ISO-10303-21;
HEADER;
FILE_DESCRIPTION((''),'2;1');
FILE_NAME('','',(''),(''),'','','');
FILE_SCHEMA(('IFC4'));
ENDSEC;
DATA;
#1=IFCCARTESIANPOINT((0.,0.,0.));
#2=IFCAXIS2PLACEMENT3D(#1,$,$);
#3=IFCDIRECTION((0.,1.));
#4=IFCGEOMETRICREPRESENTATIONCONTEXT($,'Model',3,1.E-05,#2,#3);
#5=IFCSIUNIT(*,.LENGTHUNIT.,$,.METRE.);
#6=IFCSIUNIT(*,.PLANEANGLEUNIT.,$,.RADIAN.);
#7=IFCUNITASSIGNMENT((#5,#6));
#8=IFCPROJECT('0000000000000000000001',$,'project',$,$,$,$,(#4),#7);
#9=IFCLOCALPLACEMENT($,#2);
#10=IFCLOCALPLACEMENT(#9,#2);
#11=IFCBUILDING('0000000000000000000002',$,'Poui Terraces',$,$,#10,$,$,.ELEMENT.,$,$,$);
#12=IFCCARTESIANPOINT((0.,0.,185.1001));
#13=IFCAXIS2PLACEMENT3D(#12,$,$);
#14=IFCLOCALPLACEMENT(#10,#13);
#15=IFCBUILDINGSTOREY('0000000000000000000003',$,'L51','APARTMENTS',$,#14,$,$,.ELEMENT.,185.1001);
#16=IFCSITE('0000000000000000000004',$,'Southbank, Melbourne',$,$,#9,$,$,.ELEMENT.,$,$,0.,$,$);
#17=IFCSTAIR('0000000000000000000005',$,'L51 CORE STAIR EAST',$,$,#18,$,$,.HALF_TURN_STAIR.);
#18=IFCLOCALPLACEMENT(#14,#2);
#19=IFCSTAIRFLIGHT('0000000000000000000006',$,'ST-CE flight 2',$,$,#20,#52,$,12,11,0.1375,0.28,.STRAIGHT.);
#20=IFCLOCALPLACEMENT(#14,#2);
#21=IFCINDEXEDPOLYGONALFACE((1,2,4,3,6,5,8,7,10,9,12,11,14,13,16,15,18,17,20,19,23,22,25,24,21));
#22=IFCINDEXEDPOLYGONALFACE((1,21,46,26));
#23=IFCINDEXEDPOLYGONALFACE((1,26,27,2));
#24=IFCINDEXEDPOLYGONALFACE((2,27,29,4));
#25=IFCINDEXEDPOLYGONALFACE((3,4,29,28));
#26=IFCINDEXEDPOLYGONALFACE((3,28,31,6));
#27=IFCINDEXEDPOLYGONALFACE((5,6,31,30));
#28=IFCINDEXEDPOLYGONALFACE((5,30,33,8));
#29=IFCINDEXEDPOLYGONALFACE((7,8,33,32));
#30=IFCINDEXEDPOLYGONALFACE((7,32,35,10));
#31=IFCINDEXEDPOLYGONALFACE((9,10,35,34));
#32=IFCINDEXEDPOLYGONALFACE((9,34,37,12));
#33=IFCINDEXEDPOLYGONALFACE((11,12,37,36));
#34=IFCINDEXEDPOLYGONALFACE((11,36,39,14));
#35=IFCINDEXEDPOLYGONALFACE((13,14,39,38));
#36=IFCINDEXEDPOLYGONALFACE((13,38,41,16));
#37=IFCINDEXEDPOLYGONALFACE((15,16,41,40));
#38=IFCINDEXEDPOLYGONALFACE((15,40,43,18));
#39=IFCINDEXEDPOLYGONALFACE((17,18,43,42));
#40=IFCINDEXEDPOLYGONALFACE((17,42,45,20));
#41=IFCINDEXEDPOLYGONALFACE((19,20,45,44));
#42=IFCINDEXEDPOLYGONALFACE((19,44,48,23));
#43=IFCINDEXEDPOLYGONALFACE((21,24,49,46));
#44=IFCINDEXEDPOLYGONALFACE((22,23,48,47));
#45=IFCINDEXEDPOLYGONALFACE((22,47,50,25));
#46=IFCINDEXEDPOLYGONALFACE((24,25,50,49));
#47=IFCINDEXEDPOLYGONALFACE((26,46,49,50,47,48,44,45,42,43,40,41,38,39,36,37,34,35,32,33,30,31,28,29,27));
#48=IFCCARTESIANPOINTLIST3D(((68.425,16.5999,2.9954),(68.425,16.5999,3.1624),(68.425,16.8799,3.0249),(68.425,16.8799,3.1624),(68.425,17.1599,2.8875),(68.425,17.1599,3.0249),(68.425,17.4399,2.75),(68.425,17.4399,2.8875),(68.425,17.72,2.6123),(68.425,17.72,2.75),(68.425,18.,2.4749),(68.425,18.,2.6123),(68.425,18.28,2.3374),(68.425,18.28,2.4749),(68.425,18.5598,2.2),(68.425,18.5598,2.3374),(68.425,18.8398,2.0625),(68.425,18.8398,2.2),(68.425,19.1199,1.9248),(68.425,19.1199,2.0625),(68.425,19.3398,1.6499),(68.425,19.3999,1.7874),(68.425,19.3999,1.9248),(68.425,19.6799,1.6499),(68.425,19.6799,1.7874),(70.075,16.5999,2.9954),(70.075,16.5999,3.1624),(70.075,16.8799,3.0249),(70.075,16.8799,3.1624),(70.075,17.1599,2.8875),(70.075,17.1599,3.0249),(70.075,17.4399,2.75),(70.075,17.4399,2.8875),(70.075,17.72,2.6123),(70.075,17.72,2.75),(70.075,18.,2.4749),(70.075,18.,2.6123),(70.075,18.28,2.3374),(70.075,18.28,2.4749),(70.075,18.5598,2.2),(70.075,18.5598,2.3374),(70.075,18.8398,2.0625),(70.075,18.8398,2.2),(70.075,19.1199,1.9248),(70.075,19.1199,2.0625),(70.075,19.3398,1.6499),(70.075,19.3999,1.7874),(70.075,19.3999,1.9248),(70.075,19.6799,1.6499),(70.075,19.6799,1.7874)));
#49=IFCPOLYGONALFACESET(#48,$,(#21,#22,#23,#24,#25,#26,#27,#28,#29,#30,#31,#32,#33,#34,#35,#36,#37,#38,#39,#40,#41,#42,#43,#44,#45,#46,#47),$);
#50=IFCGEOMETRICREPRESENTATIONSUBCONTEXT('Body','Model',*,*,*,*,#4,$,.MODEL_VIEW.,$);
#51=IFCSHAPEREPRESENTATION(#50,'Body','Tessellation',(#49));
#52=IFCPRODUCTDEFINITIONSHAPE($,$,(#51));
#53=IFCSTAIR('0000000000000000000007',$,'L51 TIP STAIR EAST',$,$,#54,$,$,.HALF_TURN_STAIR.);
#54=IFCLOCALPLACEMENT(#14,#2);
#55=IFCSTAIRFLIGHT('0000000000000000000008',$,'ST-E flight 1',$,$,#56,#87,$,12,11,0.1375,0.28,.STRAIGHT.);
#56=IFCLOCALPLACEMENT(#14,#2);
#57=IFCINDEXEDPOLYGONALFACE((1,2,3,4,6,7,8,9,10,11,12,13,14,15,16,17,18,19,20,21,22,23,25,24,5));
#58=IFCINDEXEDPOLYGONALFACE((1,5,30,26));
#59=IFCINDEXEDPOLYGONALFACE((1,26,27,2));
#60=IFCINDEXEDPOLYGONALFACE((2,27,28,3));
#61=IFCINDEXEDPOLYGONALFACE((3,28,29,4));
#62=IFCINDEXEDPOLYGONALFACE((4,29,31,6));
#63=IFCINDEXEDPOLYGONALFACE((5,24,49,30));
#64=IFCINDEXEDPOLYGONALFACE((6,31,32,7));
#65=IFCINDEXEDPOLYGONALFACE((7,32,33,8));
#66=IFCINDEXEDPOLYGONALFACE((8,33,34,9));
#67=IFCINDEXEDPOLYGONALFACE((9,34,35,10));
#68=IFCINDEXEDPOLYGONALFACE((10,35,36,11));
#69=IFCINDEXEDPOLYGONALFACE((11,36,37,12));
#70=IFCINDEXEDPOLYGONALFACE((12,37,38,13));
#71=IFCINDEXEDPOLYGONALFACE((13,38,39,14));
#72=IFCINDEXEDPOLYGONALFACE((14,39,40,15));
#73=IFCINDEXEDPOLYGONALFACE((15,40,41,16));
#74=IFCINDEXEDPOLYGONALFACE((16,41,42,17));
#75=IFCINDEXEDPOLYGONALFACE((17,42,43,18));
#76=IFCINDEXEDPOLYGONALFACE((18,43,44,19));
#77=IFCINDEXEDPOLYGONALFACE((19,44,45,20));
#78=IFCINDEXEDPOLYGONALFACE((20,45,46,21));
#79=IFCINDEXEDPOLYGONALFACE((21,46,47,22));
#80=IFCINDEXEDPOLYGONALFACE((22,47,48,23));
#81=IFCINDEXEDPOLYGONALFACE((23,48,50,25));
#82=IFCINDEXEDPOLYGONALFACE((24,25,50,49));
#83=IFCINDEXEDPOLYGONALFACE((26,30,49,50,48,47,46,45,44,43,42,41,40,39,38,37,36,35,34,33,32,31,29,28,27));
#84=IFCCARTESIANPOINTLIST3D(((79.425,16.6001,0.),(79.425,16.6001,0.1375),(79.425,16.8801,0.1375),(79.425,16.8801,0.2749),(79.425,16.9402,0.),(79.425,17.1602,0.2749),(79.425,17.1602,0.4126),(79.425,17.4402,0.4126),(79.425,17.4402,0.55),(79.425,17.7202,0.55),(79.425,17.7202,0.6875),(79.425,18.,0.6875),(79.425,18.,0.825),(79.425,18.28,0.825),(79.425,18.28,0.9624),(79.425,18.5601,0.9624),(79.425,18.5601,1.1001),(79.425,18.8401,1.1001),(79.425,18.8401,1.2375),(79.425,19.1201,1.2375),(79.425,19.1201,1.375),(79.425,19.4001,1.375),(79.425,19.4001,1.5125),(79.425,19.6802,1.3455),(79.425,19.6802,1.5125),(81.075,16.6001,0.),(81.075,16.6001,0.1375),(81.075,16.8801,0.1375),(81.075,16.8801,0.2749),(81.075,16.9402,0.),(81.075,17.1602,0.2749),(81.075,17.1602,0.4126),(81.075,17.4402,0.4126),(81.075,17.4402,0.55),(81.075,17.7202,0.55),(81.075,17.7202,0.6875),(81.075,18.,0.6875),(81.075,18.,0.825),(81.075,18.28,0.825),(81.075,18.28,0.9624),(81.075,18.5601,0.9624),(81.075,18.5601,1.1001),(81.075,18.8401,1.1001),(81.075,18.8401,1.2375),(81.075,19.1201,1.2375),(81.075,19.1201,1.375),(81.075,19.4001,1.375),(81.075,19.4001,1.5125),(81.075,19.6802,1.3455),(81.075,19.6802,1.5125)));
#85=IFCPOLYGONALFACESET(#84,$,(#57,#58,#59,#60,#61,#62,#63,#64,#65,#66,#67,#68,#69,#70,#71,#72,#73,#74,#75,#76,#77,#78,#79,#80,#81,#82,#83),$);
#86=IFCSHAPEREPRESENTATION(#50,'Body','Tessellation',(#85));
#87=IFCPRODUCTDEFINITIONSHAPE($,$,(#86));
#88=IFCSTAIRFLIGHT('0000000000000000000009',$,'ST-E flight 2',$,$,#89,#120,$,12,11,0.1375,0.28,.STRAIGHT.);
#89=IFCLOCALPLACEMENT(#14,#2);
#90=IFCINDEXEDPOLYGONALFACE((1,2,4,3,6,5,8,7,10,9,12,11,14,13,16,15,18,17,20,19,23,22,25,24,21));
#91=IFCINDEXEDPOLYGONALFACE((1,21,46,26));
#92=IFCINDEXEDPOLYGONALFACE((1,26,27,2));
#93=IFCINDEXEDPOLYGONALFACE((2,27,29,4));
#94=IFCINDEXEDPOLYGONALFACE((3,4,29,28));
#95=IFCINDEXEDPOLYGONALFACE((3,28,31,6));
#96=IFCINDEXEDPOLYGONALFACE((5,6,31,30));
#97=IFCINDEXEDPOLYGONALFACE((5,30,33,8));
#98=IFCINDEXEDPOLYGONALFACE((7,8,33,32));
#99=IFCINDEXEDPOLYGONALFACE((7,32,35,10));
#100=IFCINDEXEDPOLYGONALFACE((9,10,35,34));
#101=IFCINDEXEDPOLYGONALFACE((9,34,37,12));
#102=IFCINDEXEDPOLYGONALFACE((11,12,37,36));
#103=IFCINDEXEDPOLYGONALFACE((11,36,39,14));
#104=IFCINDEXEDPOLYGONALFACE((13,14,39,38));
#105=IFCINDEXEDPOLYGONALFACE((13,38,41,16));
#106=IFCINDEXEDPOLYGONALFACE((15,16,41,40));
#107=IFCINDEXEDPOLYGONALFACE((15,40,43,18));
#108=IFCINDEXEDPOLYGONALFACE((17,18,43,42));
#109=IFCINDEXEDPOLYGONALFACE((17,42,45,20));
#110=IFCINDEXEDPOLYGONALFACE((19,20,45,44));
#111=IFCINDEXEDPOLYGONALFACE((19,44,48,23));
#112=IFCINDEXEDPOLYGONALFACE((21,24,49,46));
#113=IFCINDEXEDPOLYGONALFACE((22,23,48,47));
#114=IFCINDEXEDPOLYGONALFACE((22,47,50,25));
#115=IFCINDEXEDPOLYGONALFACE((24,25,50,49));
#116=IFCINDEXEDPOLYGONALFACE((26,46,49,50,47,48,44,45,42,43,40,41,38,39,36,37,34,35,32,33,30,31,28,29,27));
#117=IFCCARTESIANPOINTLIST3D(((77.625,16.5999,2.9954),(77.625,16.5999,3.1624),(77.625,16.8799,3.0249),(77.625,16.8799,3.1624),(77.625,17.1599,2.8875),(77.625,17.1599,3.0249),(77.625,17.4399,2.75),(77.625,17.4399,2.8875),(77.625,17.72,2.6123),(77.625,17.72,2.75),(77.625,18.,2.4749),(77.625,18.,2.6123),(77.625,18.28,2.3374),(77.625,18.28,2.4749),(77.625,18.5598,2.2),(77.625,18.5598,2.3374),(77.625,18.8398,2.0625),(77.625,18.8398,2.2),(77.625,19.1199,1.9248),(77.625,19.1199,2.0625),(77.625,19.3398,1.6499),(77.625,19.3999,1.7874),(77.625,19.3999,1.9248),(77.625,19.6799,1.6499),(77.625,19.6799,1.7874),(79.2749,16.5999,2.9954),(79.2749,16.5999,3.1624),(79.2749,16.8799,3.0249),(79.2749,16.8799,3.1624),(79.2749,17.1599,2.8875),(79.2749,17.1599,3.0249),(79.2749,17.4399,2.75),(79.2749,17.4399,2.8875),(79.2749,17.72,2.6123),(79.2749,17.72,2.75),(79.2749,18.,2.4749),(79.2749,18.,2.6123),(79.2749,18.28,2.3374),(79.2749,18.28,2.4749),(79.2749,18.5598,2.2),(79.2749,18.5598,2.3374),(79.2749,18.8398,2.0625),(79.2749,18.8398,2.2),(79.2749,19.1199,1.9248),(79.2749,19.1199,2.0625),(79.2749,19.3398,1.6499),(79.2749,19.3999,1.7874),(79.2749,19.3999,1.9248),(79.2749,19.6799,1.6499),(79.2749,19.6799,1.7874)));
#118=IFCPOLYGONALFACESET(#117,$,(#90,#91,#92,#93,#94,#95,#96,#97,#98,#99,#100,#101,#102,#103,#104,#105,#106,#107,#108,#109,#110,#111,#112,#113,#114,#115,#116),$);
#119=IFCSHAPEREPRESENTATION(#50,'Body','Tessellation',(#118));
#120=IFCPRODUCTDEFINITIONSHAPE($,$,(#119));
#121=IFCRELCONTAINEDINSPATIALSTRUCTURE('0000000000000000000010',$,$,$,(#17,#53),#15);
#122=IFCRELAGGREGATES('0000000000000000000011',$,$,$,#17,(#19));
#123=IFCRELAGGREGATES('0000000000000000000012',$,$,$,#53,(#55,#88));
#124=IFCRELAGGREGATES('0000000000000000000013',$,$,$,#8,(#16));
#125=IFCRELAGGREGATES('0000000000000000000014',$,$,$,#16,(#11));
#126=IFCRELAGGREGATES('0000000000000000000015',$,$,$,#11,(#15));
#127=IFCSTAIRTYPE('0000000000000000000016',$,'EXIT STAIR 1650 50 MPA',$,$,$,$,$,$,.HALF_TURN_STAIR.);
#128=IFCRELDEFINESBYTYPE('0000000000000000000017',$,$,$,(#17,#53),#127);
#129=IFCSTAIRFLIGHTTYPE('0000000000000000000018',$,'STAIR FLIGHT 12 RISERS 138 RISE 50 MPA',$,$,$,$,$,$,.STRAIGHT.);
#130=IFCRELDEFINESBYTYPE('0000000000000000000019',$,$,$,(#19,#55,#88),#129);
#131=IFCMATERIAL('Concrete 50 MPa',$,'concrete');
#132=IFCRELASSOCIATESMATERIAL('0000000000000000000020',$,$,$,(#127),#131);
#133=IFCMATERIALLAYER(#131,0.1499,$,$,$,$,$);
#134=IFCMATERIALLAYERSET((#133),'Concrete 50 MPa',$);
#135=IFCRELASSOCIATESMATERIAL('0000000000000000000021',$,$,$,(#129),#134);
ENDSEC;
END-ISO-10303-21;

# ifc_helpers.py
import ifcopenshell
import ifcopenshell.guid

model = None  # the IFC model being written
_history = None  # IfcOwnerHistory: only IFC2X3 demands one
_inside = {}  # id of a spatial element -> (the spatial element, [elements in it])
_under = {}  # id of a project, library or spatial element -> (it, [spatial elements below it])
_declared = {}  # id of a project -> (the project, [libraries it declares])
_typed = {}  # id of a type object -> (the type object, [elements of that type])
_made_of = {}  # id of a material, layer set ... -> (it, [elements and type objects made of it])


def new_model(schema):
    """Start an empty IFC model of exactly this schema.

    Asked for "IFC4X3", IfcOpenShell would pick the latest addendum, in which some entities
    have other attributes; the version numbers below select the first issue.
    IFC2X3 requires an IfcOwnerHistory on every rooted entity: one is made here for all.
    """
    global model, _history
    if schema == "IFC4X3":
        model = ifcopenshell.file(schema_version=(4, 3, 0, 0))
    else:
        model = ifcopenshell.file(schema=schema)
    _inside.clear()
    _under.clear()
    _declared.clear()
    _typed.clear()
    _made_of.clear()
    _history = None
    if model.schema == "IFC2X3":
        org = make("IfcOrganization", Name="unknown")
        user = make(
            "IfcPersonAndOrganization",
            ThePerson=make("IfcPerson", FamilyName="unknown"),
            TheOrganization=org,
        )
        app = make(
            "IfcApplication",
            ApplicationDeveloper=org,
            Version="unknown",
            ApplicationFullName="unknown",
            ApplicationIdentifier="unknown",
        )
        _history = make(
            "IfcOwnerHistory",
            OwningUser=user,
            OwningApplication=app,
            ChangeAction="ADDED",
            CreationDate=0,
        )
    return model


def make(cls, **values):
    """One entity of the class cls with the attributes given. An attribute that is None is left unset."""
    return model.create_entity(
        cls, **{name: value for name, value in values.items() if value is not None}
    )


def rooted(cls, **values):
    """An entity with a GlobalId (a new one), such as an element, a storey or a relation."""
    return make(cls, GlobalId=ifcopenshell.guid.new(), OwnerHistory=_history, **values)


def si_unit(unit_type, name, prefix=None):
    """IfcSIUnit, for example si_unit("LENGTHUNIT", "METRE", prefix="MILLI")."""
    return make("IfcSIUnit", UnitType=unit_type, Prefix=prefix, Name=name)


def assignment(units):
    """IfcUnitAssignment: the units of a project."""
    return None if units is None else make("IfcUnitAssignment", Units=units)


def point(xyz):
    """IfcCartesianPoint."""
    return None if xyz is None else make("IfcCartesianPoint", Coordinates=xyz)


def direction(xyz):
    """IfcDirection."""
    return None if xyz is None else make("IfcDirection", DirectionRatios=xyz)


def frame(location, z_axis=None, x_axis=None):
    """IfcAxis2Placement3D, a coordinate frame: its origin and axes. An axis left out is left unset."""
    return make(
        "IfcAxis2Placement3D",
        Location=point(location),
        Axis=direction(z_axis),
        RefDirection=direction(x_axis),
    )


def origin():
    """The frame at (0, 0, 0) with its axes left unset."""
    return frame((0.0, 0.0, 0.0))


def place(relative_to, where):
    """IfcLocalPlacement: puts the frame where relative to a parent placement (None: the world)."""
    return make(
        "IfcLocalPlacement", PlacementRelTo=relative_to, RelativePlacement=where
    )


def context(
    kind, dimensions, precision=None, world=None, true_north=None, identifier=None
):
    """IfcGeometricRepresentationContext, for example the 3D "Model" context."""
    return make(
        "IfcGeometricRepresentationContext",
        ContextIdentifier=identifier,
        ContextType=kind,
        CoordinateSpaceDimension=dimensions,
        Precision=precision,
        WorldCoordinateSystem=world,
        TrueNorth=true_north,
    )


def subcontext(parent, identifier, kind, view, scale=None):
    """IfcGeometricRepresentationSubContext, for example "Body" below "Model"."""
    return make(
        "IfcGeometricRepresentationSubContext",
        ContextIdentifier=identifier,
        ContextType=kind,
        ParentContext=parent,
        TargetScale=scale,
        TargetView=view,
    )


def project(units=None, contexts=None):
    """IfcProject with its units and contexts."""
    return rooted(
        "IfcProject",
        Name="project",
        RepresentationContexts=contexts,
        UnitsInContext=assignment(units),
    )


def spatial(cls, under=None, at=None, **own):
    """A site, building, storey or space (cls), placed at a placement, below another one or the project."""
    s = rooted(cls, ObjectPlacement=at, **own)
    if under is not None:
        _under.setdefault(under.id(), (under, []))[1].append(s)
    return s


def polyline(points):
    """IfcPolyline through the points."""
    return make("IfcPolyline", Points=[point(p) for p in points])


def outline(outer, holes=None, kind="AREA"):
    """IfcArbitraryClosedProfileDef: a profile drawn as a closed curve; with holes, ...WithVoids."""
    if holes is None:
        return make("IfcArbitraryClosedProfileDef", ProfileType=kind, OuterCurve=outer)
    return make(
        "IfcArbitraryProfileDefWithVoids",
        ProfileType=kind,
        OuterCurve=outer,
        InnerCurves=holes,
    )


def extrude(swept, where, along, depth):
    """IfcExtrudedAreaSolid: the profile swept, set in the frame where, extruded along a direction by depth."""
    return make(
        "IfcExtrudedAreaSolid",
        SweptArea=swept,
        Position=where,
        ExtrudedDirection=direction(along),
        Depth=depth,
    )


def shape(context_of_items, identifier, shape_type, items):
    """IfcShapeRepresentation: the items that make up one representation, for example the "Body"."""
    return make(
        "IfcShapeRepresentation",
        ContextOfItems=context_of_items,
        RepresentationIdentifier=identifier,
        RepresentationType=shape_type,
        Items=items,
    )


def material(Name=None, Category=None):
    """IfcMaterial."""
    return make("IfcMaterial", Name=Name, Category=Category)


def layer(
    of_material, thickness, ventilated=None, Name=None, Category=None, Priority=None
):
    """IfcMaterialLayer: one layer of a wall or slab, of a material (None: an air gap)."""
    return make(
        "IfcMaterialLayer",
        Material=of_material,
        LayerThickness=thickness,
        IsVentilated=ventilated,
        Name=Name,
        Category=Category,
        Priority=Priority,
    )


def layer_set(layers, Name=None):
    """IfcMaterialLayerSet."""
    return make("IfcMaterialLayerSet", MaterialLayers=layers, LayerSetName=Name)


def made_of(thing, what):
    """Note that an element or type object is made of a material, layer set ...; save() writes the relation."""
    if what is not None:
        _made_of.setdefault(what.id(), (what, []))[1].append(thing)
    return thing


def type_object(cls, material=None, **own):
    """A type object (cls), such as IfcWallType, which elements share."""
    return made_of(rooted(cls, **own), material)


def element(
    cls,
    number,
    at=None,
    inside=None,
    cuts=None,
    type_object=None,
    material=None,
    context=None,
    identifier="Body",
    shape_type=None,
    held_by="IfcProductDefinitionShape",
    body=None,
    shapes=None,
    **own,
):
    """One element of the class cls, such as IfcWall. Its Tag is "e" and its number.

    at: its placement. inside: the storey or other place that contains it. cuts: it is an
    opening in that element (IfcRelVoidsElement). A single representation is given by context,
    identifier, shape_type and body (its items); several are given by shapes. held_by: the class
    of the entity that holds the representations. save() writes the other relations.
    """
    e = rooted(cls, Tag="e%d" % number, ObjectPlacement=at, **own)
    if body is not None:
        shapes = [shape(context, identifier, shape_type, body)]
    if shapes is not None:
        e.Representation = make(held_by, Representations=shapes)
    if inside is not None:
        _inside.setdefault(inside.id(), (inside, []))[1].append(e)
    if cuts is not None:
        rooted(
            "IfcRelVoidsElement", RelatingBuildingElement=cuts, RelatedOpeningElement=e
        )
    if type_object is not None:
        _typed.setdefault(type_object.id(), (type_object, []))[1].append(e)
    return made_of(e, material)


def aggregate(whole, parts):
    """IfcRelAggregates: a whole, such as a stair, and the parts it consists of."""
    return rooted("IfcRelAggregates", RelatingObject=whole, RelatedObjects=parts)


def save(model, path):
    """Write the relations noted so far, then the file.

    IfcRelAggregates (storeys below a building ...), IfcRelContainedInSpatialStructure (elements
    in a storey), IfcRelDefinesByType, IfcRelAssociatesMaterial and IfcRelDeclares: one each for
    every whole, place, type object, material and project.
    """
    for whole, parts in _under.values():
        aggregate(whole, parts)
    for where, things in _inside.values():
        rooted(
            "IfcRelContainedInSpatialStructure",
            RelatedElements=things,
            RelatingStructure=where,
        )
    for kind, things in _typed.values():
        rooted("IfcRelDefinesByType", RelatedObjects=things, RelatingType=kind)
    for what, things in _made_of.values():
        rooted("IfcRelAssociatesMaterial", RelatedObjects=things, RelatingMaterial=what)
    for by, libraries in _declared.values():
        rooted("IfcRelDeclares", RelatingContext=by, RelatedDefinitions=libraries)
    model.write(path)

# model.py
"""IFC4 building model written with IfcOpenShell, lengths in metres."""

from ifc_helpers import new_model, si_unit, direction, frame, origin, place, context, subcontext, project, spatial, polyline, outline, extrude, material, layer, layer_set, type_object, element, aggregate, save


model = new_model("IFC4")

# Units and contexts
model_context = context("Model", 3, precision=1e-05, world=origin(), true_north=direction((0.0, 1.0)))
body_context = subcontext(model_context, "Body", "Model", "MODEL_VIEW")
ifc_project = project(units=[si_unit("LENGTHUNIT", "METRE"), si_unit("PLANEANGLEUNIT", "RADIAN")], contexts=[model_context])

# Site, building, storey
site_placement = place(None, origin())
site = spatial("IfcSite", under=ifc_project, at=site_placement, Name="Southbank, Melbourne", CompositionType="ELEMENT", RefElevation=0.0)
building_placement = place(site_placement, origin())
building = spatial("IfcBuilding", under=site, at=building_placement, Name="Poui Terraces", CompositionType="ELEMENT")
storey_placement = place(building_placement, frame((0.0, 0.0, 185.1001)))
storey = spatial("IfcBuildingStorey", under=building, at=storey_placement, Name="L51", Description="APARTMENTS", CompositionType="ELEMENT", Elevation=185.1001)

# Shared definitions
ifc_material_1 = material(Name="Concrete 50 MPa", Category="concrete")

# Stairs, stair flights
stair_type = type_object("IfcStairType", Name="EXIT STAIR 1650 50 MPA", PredefinedType="HALF_TURN_STAIR", material=ifc_material_1)
stair_1_placement = place(storey_placement, origin())
stair_1 = element("IfcStair", 1, at=stair_1_placement, inside=storey, type_object=stair_type, Name="L51 CORE STAIR EAST", PredefinedType="HALF_TURN_STAIR")
ifc_layer_1 = layer(ifc_material_1, 0.1499)
ifc_layer_set_1 = layer_set([ifc_layer_1], Name="Concrete 50 MPa")
stair_flight_type = type_object("IfcStairFlightType", Name="STAIR FLIGHT 12 RISERS 138 RISE 50 MPA", PredefinedType="STRAIGHT", material=ifc_layer_set_1)
stair_flight_1_placement = place(storey_placement, frame((69.25, 19.6799, 1.6499), z_axis=(0.0, 0.0, 1.0), x_axis=(0.0, -1.0, 0.0)))
stair_flight_1 = element("IfcStairFlight", 2, at=stair_flight_1_placement, type_object=stair_flight_type, Name="ST-CE flight 2", NumberOfRisers=12, NumberOfTreads=11, PredefinedType="STRAIGHT", RiserHeight=0.1375, TreadLength=0.28, context=body_context, shape_type="SweptSolid", body=[
    extrude(outline(polyline([(0.0, 0.0), (0.0, 0.1375), (0.28, 0.1375), (0.28, 0.2749), (0.5601, 0.2749), (0.5601, 0.4126), (0.8401, 0.4126), (0.8401, 0.55), (1.1201, 0.55), (1.1201, 0.6875), (1.3999, 0.6875), (1.3999, 0.825), (1.6799, 0.825), (1.6799, 0.9624), (1.96, 0.9624), (1.96, 1.1001), (2.24, 1.1001), (2.24, 1.2375), (2.52, 1.2375), (2.52, 1.375), (2.8, 1.375), (2.8, 1.5125), (3.0801, 1.5125), (3.0801, 1.6499), (3.0801, 1.3455), (0.3401, 0.0), (0.0, 0.0)])), frame((0.0, 0.825, 0.0), z_axis=(0.0, -1.0, 0.0), x_axis=(1.0, 0.0, 0.0)), (0.0, 0.0, 1.0), 1.6499),
])
aggregate(stair_1, [stair_flight_1])
stair_2_placement = place(storey_placement, origin())
stair_2 = element("IfcStair", 3, at=stair_2_placement, inside=storey, type_object=stair_type, Name="L51 TIP STAIR EAST", PredefinedType="HALF_TURN_STAIR")
stair_flight_2_placement = place(storey_placement, frame((80.25, 16.6001, 0.0), z_axis=(0.0, 0.0, 1.0), x_axis=(0.0, 1.0, 0.0)))
stair_flight_2 = element("IfcStairFlight", 4, at=stair_flight_2_placement, type_object=stair_flight_type, Name="ST-E flight 1", NumberOfRisers=12, NumberOfTreads=11, PredefinedType="STRAIGHT", RiserHeight=0.1375, TreadLength=0.28, context=body_context, shape_type="SweptSolid", body=[
    extrude(outline(polyline([(0.0, 0.0), (0.0, 0.1375), (0.28, 0.1375), (0.28, 0.2749), (0.5601, 0.2749), (0.5601, 0.4126), (0.8401, 0.4126), (0.8401, 0.55), (1.1201, 0.55), (1.1201, 0.6875), (1.3999, 0.6875), (1.3999, 0.825), (1.6799, 0.825), (1.6799, 0.9624), (1.96, 0.9624), (1.96, 1.1001), (2.24, 1.1001), (2.24, 1.2375), (2.52, 1.2375), (2.52, 1.375), (2.8, 1.375), (2.8, 1.5125), (3.0801, 1.5125), (3.0801, 1.6499), (3.0801, 1.3455), (0.3401, 0.0), (0.0, 0.0)])), frame((0.0, 0.825, 0.0), z_axis=(0.0, -1.0, 0.0), x_axis=(1.0, 0.0, 0.0)), (0.0, 0.0, 1.0), 1.6499),
])
stair_flight_3_placement = place(storey_placement, frame((78.45, 19.6799, 1.6499), z_axis=(0.0, 0.0, 1.0), x_axis=(0.0, -1.0, 0.0)))
stair_flight_3 = element("IfcStairFlight", 5, at=stair_flight_3_placement, type_object=stair_flight_type, Name="ST-E flight 2", NumberOfRisers=12, NumberOfTreads=11, PredefinedType="STRAIGHT", RiserHeight=0.1375, TreadLength=0.28, context=body_context, shape_type="SweptSolid", body=[
    extrude(outline(polyline([(0.0, 0.0), (0.0, 0.1375), (0.28, 0.1375), (0.28, 0.2749), (0.5601, 0.2749), (0.5601, 0.4126), (0.8401, 0.4126), (0.8401, 0.55), (1.1201, 0.55), (1.1201, 0.6875), (1.3999, 0.6875), (1.3999, 0.825), (1.6799, 0.825), (1.6799, 0.9624), (1.96, 0.9624), (1.96, 1.1001), (2.24, 1.1001), (2.24, 1.2375), (2.52, 1.2375), (2.52, 1.375), (2.8, 1.375), (2.8, 1.5125), (3.0801, 1.5125), (3.0801, 1.6499), (3.0801, 1.3455), (0.3401, 0.0), (0.0, 0.0)])), frame((0.0, 0.825, 0.0), z_axis=(0.0, -1.0, 0.0), x_axis=(1.0, 0.0, 0.0)), (0.0, 0.0, 1.0), 1.6499),
])
aggregate(stair_2, [stair_flight_2, stair_flight_3])

save(model, "model.ifc")
